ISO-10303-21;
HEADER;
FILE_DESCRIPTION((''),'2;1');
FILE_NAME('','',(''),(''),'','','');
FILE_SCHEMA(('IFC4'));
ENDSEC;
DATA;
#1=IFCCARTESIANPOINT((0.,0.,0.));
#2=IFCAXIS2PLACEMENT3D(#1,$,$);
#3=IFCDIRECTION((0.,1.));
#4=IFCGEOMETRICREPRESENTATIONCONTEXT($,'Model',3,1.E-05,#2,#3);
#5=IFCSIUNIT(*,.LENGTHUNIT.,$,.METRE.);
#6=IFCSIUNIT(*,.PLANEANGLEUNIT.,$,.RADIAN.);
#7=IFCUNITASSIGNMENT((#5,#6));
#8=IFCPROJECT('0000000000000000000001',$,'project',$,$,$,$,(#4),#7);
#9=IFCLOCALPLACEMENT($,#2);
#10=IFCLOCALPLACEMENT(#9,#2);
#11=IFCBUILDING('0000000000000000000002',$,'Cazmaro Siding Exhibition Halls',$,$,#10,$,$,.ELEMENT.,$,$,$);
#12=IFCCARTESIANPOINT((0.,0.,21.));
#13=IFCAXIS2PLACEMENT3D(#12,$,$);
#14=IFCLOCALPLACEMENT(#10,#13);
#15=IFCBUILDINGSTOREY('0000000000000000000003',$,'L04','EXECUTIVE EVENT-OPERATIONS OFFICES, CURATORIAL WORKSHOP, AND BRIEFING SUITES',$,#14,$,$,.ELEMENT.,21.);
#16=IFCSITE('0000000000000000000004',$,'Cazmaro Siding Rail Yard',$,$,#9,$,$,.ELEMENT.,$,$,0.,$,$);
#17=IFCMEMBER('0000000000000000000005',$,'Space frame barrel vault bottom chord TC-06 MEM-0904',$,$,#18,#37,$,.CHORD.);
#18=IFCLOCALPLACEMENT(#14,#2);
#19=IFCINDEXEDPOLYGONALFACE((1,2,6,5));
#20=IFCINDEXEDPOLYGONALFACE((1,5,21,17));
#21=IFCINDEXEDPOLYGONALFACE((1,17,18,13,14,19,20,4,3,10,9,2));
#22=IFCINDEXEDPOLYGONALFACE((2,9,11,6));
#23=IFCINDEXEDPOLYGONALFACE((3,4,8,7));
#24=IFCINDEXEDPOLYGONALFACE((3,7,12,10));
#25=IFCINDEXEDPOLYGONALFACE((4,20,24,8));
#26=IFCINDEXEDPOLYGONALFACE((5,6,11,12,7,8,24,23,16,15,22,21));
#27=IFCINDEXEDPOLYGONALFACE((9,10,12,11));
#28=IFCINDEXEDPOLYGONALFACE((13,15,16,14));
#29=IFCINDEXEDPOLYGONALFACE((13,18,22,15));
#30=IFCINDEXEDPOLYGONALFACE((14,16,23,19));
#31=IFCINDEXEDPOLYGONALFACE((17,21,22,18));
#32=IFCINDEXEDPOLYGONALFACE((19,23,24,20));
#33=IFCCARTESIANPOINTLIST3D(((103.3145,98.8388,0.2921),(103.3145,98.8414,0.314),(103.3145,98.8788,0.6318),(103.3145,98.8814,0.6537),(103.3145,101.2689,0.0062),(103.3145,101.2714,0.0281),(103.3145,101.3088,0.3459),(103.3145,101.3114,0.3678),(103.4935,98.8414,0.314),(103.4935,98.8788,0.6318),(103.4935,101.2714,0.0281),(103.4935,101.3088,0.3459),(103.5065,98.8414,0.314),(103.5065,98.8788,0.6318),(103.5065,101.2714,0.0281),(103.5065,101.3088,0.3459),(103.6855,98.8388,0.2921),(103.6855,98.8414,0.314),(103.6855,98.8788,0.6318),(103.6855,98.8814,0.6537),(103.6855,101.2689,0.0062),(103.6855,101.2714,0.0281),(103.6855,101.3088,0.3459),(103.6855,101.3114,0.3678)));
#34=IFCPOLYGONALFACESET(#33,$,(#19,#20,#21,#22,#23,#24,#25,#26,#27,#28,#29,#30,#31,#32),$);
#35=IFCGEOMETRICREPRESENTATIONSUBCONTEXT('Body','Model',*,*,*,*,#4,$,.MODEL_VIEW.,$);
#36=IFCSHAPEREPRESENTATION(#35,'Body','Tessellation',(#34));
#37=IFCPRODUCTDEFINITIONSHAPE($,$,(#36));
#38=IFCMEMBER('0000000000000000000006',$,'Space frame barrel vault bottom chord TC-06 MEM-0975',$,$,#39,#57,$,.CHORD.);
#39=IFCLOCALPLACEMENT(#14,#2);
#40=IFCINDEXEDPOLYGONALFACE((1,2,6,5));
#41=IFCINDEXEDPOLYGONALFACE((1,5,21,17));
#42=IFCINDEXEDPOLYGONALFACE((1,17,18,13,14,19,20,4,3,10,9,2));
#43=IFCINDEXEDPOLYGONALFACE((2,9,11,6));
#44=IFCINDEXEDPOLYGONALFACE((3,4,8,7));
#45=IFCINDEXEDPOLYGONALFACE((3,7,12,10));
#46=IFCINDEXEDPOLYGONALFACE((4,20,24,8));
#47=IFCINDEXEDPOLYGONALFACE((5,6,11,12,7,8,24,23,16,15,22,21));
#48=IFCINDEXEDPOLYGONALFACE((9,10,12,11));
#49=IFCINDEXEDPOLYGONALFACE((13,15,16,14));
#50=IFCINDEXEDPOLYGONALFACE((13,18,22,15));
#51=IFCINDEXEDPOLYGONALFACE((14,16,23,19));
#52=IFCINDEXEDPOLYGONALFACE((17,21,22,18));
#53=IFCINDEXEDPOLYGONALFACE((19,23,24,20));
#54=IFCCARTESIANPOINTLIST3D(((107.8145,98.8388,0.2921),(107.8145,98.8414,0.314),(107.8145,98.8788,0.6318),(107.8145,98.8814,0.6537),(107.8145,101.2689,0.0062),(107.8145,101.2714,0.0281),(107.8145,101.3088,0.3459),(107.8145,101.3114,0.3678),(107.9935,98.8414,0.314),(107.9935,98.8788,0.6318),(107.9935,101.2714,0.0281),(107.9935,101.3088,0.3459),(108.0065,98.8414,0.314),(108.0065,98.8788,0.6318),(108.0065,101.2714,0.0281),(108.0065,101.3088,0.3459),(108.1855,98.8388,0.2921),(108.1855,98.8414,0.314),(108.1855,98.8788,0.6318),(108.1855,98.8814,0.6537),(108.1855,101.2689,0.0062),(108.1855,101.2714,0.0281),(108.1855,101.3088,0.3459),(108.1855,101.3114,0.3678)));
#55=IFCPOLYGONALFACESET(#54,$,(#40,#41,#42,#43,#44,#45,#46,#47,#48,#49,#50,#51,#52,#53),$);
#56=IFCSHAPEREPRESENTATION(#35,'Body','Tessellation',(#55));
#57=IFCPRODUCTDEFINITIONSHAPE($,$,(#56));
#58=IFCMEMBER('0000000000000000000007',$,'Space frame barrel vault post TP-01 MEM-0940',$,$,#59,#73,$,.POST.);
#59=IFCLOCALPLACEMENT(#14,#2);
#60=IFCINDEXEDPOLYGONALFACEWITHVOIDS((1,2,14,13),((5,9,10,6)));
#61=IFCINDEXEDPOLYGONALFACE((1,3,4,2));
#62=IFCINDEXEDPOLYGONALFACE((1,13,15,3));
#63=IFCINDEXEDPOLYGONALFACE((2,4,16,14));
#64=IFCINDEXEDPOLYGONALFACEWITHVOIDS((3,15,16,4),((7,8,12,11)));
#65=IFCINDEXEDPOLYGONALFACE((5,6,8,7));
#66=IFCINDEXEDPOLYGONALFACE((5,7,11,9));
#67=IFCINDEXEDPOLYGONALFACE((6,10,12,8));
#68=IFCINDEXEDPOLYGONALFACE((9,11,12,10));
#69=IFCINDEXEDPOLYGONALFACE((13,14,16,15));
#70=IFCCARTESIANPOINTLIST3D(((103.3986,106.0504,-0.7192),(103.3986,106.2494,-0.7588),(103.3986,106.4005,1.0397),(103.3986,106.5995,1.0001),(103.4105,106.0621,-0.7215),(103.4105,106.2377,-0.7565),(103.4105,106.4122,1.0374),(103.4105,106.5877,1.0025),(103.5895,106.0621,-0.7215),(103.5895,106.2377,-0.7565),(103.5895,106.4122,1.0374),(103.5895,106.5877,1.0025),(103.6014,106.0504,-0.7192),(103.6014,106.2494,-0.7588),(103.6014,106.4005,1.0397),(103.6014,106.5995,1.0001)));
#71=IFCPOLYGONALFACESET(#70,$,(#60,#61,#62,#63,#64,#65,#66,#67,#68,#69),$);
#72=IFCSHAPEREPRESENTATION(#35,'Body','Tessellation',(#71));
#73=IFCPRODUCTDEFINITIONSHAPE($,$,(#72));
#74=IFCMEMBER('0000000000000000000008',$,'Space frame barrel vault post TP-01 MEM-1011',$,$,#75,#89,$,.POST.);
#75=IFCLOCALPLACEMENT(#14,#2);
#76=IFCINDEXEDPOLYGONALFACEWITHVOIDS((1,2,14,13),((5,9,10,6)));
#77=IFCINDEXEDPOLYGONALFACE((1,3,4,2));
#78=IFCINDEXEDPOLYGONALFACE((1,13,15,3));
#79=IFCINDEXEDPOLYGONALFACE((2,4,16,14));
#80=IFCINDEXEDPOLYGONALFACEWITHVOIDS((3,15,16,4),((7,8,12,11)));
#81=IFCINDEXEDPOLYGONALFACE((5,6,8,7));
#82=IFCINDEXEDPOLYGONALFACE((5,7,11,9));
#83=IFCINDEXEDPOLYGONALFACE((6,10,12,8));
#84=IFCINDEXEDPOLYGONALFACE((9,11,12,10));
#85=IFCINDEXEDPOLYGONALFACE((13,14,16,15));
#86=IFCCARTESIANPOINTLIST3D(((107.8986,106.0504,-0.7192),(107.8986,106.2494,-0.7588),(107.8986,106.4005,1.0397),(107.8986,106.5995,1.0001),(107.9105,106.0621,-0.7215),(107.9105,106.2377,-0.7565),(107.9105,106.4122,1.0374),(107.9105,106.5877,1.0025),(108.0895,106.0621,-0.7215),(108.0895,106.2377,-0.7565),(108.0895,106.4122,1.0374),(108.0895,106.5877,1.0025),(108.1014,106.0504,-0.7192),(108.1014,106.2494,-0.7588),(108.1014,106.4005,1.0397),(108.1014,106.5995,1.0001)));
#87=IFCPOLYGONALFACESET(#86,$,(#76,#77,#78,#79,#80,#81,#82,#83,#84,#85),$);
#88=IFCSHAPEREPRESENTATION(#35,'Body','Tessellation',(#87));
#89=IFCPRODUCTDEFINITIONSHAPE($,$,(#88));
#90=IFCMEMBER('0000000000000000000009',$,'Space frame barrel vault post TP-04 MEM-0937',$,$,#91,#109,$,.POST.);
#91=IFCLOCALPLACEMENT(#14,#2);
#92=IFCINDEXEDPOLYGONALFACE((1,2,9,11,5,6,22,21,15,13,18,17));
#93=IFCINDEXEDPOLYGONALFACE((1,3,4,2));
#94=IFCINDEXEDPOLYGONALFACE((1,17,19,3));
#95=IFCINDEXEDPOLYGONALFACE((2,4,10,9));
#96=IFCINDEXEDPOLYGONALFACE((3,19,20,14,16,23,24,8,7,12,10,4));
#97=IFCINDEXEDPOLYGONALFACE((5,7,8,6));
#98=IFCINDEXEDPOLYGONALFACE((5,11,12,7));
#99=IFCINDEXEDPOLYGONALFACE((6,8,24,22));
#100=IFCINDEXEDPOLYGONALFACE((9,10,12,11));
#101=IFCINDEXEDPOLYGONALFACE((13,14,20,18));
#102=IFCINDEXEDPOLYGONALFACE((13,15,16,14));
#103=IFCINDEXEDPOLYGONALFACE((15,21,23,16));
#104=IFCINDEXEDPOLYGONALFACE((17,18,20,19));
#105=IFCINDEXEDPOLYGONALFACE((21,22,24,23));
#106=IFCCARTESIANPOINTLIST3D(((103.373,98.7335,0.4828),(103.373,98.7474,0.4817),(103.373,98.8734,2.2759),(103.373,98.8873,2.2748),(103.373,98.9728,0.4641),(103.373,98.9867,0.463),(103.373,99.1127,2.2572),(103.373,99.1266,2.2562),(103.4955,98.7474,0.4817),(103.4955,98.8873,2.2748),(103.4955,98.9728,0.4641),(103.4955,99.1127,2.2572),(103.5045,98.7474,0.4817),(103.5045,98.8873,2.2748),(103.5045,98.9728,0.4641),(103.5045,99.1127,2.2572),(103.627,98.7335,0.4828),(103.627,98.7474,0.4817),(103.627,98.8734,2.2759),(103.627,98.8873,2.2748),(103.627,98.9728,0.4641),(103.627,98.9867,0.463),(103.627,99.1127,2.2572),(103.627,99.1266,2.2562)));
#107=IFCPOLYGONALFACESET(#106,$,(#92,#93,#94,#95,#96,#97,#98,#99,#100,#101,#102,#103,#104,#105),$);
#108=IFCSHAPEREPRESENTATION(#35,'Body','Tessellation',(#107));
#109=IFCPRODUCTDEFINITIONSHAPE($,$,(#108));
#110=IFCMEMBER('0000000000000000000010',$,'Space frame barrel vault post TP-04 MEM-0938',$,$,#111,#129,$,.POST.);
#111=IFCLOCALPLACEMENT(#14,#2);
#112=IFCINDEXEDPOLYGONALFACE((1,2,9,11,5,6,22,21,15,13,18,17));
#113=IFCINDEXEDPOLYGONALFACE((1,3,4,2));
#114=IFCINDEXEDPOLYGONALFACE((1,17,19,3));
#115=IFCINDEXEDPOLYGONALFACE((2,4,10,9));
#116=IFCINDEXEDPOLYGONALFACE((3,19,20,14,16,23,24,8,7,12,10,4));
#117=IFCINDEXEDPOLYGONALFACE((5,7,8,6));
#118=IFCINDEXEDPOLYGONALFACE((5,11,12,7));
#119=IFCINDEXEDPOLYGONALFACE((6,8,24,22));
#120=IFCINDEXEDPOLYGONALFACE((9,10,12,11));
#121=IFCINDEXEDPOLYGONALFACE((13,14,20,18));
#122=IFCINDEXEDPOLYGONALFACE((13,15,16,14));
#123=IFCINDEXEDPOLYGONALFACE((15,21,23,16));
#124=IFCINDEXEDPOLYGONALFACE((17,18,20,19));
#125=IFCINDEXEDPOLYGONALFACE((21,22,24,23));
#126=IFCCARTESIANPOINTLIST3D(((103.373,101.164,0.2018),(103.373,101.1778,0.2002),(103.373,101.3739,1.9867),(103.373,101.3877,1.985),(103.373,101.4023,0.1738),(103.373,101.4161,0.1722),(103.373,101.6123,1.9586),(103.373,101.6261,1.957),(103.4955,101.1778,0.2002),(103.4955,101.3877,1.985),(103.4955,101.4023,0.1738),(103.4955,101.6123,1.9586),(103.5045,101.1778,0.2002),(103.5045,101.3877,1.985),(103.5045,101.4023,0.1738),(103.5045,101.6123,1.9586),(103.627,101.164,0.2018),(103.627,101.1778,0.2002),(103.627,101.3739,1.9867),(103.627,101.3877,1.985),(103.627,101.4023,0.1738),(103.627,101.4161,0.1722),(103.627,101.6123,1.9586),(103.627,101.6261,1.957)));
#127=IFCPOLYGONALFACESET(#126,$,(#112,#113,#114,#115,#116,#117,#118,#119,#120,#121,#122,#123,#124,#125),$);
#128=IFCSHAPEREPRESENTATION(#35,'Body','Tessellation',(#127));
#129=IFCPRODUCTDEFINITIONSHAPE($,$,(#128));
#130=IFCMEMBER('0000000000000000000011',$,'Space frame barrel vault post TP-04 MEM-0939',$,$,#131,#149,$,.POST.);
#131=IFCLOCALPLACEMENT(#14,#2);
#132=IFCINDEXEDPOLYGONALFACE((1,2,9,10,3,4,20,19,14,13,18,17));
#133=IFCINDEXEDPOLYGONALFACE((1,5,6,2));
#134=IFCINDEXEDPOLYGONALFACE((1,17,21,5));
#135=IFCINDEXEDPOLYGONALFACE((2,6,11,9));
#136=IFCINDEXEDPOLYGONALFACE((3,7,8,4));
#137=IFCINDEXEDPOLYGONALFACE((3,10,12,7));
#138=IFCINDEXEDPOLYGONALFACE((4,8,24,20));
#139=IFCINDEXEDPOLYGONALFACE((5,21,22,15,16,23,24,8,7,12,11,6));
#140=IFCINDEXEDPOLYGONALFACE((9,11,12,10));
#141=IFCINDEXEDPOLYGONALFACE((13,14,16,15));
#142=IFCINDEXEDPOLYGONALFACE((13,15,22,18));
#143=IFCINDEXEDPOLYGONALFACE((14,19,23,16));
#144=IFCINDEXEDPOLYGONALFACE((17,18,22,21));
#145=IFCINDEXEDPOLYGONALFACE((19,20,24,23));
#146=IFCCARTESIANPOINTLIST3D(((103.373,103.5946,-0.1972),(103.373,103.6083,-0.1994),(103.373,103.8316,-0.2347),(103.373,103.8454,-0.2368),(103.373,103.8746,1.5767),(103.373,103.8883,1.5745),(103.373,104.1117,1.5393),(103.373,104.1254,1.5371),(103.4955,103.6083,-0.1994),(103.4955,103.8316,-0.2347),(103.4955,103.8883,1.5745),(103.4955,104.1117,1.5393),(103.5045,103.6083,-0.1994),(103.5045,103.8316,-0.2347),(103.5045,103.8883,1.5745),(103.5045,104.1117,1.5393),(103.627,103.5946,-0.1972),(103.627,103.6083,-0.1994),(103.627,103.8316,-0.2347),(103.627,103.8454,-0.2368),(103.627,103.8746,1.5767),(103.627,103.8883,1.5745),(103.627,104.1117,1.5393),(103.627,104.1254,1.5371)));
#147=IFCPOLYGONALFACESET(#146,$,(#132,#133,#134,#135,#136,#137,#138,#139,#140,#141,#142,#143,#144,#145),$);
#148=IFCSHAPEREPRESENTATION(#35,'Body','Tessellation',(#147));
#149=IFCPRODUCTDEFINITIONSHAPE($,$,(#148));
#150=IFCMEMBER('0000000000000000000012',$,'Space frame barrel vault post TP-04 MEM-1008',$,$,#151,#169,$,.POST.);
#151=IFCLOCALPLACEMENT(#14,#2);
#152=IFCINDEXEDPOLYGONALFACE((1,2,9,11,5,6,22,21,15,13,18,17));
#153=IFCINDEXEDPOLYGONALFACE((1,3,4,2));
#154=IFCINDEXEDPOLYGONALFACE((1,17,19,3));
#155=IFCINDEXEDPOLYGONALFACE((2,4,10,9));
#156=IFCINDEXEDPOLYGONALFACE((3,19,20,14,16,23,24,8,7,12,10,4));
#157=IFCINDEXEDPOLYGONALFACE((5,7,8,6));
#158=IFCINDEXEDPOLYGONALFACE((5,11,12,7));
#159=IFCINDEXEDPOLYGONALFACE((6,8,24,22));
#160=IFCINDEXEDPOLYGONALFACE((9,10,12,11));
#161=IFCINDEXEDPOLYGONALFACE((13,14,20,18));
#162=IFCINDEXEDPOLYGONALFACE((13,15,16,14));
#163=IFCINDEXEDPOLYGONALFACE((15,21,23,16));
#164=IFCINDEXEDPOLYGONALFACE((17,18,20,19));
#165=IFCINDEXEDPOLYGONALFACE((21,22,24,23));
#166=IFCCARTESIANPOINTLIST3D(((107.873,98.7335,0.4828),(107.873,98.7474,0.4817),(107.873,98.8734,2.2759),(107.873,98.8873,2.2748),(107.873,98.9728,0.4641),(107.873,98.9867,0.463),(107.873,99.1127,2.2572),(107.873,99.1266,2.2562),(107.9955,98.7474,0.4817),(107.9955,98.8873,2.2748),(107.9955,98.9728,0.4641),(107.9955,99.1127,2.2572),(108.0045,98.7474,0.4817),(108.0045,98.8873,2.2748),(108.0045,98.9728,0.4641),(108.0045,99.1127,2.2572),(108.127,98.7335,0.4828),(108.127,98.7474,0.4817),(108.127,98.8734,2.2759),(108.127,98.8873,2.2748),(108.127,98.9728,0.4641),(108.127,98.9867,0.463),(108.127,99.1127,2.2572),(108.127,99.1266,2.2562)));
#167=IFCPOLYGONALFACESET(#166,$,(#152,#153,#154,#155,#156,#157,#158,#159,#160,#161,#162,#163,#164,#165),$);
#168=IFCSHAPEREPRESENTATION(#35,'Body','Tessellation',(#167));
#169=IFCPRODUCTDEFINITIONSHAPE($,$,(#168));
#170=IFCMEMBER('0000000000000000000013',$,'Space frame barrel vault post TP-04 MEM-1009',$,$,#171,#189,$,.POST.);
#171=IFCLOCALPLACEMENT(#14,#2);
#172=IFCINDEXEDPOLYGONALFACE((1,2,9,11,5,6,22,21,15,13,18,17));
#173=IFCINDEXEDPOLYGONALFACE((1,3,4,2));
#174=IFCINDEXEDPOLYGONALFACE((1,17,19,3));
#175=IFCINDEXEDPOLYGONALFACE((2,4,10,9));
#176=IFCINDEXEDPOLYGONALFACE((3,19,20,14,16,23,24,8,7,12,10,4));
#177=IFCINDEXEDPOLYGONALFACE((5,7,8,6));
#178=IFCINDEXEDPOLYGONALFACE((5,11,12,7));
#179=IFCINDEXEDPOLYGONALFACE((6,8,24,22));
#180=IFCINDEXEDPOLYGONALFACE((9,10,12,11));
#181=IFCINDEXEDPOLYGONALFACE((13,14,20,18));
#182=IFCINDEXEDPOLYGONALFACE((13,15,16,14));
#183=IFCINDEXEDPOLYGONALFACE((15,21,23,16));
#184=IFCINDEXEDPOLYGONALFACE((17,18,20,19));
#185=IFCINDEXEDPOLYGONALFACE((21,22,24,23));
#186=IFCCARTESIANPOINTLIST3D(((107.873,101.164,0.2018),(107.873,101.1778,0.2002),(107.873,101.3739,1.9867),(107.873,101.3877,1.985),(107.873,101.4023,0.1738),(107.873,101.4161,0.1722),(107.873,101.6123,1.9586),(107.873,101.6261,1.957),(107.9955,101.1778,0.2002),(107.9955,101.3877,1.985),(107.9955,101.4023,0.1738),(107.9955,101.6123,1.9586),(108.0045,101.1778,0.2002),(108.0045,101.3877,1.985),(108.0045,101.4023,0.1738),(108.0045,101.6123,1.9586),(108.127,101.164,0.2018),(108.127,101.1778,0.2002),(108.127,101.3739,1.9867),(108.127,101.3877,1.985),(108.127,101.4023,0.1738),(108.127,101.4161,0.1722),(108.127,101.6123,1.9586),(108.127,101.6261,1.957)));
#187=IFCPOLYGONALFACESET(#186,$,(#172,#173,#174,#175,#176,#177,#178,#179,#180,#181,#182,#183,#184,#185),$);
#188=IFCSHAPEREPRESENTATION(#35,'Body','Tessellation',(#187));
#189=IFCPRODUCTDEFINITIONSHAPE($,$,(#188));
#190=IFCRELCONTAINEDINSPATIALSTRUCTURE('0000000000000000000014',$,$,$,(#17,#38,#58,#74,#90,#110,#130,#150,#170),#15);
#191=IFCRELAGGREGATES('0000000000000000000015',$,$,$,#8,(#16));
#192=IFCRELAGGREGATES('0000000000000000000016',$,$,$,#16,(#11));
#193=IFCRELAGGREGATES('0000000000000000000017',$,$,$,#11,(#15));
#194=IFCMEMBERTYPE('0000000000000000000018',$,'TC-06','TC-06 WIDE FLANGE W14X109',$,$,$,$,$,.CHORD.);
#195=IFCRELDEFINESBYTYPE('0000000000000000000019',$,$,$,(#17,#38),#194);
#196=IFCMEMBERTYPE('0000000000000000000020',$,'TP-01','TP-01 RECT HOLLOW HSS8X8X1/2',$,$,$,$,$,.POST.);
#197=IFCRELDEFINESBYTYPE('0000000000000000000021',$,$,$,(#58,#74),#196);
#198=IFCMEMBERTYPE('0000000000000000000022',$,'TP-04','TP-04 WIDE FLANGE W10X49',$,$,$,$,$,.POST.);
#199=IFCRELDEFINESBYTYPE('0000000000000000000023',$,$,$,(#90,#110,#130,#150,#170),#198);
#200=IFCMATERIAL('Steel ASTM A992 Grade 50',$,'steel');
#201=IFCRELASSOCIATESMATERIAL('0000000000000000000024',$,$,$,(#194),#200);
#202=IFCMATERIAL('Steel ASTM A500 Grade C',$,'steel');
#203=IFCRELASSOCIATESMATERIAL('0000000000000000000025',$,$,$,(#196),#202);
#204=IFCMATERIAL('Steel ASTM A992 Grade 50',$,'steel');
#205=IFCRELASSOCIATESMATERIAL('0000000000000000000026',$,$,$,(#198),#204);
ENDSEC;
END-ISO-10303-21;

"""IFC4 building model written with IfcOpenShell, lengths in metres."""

from ifc_helpers import new_model, si_unit, direction, frame, origin, origin_2d, place, context, subcontext, project, spatial, hollow_rectangle, i_section, extrude, material, material_profile, profile_set, type_object, element, save


model = new_model("IFC4")

# Units and contexts
model_context = context("Model", 3, precision=1e-05, world=origin(), true_north=direction((0.0, 1.0)))
body_context = subcontext(model_context, "Body", "Model", "MODEL_VIEW")
ifc_project = project(units=[si_unit("LENGTHUNIT", "METRE"), si_unit("PLANEANGLEUNIT", "RADIAN")], contexts=[model_context])

# Site, building, storey
site_placement = place(None, origin())
site = spatial("IfcSite", under=ifc_project, at=site_placement, Name="Cazmaro Siding Rail Yard", CompositionType="ELEMENT", RefElevation=0.0)
building_placement = place(site_placement, origin())
building = spatial("IfcBuilding", under=site, at=building_placement, Name="Cazmaro Siding Exhibition Halls", CompositionType="ELEMENT")
storey_placement = place(building_placement, frame((0.0, 0.0, 21.0)))
storey = spatial("IfcBuildingStorey", under=building, at=storey_placement, Name="L04", Description="EXECUTIVE EVENT-OPERATIONS OFFICES, CURATORIAL WORKSHOP, AND BRIEFING SUITES", CompositionType="ELEMENT", Elevation=21.0)

# Members
ifc_material_1 = material(Name="Steel ASTM A992 Grade 50", Category="steel")
ifc_material_profile_1 = material_profile(ifc_material_1, i_section(OverallWidth=0.3711, OverallDepth=0.364, WebThickness=0.0129, FlangeThickness=0.022, at=origin_2d()), Name="W14X109")
ifc_profile_set_1 = profile_set([ifc_material_profile_1], Name="Steel ASTM A992 Grade 50")
member_type_1 = type_object("IfcMemberType", Name="TC-06", Description="TC-06 WIDE FLANGE W14X109", PredefinedType="CHORD", material=ifc_profile_set_1)
for number, where, z_axis, x_axis, name in (
    (1, (103.5, 98.8601, 0.4729), (0.0, 0.99315, -0.116847), (-1.0, 0.0, 0.0), "Space frame barrel vault bottom chord TC-06 MEM-0904"),
    (2, (108.0, 98.8601, 0.4729), (0.0, 0.99315, -0.116847), (-1.0, 0.0, 0.0), "Space frame barrel vault bottom chord TC-06 MEM-0975"),
):
    element("IfcMember", number, at=place(storey_placement, frame(where, z_axis=z_axis, x_axis=x_axis)), inside=storey, type_object=member_type_1, Name=name, PredefinedType="CHORD", context=body_context, shape_type="SweptSolid", body=[
        extrude(i_section(OverallWidth=0.3711, OverallDepth=0.364, WebThickness=0.0129, FlangeThickness=0.022, at=origin_2d()), origin(), (0.0, 0.0, 1.0), 2.4468),
    ])
ifc_material_2 = material(Name="Steel ASTM A500 Grade C", Category="steel")
ifc_material_profile_2 = material_profile(ifc_material_2, hollow_rectangle(XDim=0.2029, YDim=0.2029, WallThickness=0.012, at=origin_2d()), Name="HSS8X8X1/2")
ifc_profile_set_2 = profile_set([ifc_material_profile_2], Name="Steel ASTM A500 Grade C")
member_type_2 = type_object("IfcMemberType", Name="TP-01", Description="TP-01 RECT HOLLOW HSS8X8X1/2", PredefinedType="POST", material=ifc_profile_set_2)
for number, where, z_axis, x_axis, name in (
    (3, (103.5, 106.1499, -0.739), (0.0, 0.1952, 0.980763), (-1.0, 0.0, 0.0), "Space frame barrel vault post TP-01 MEM-0940"),
    (4, (108.0, 106.1499, -0.739), (0.0, 0.1952, 0.980763), (-1.0, 0.0, 0.0), "Space frame barrel vault post TP-01 MEM-1011"),
):
    element("IfcMember", number, at=place(storey_placement, frame(where, z_axis=z_axis, x_axis=x_axis)), inside=storey, type_object=member_type_2, Name=name, PredefinedType="POST", context=body_context, shape_type="SweptSolid", body=[
        extrude(hollow_rectangle(XDim=0.2029, YDim=0.2029, WallThickness=0.012, at=origin_2d()), origin(), (0.0, 0.0, 1.0), 1.7935),
    ])
ifc_material_3 = material(Name="Steel ASTM A992 Grade 50", Category="steel")
ifc_material_profile_3 = material_profile(ifc_material_3, i_section(OverallWidth=0.2539, OverallDepth=0.2539, WebThickness=0.009, FlangeThickness=0.0139, at=origin_2d()), Name="W10X49")
ifc_profile_set_3 = profile_set([ifc_material_profile_3], Name="Steel ASTM A992 Grade 50")
member_type_3 = type_object("IfcMemberType", Name="TP-04", Description="TP-04 WIDE FLANGE W10X49", PredefinedType="POST", material=ifc_profile_set_3)
member_1_placement = place(storey_placement, frame((103.5, 98.8601, 0.4729), z_axis=(0.0, 0.077776, 0.996971), x_axis=(-1.0, 0.0, 0.0)))
element("IfcMember", 5, at=member_1_placement, inside=storey, type_object=member_type_3, Name="Space frame barrel vault post TP-04 MEM-0937", PredefinedType="POST", context=body_context, shape_type="SweptSolid", body=[
    extrude(i_section(OverallWidth=0.2539, OverallDepth=0.2539, WebThickness=0.009, FlangeThickness=0.0139, at=origin_2d()), origin(), (0.0, 0.0, 1.0), 1.7986),
])
member_2_placement = place(storey_placement, frame((103.5, 101.29, 0.187), z_axis=(0.0, 0.116825, 0.993152), x_axis=(-1.0, 0.0, 0.0)))
element("IfcMember", 6, at=member_2_placement, inside=storey, type_object=member_type_3, Name="Space frame barrel vault post TP-04 MEM-0938", PredefinedType="POST", context=body_context, shape_type="SweptSolid", body=[
    extrude(i_section(OverallWidth=0.2539, OverallDepth=0.2539, WebThickness=0.009, FlangeThickness=0.0139, at=origin_2d()), origin(), (0.0, 0.0, 1.0), 1.7971),
])
member_3_placement = place(storey_placement, frame((103.5, 103.72, -0.217), z_axis=(0.0, 0.155928, 0.987768), x_axis=(-1.0, 0.0, 0.0)))
element("IfcMember", 7, at=member_3_placement, inside=storey, type_object=member_type_3, Name="Space frame barrel vault post TP-04 MEM-0939", PredefinedType="POST", context=body_context, shape_type="SweptSolid", body=[
    extrude(i_section(OverallWidth=0.2539, OverallDepth=0.2539, WebThickness=0.009, FlangeThickness=0.0139, at=origin_2d()), origin(), (0.0, 0.0, 1.0), 1.7959),
])
member_4_placement = place(storey_placement, frame((108.0, 98.8601, 0.4729), z_axis=(0.0, 0.077776, 0.996971), x_axis=(-1.0, 0.0, 0.0)))
element("IfcMember", 8, at=member_4_placement, inside=storey, type_object=member_type_3, Name="Space frame barrel vault post TP-04 MEM-1008", PredefinedType="POST", context=body_context, shape_type="SweptSolid", body=[
    extrude(i_section(OverallWidth=0.2539, OverallDepth=0.2539, WebThickness=0.009, FlangeThickness=0.0139, at=origin_2d()), origin(), (0.0, 0.0, 1.0), 1.7986),
])
member_5_placement = place(storey_placement, frame((108.0, 101.29, 0.187), z_axis=(0.0, 0.116825, 0.993152), x_axis=(-1.0, 0.0, 0.0)))
element("IfcMember", 9, at=member_5_placement, inside=storey, type_object=member_type_3, Name="Space frame barrel vault post TP-04 MEM-1009", PredefinedType="POST", context=body_context, shape_type="SweptSolid", body=[
    extrude(i_section(OverallWidth=0.2539, OverallDepth=0.2539, WebThickness=0.009, FlangeThickness=0.0139, at=origin_2d()), origin(), (0.0, 0.0, 1.0), 1.7971),
])

save(model, "model.ifc")
